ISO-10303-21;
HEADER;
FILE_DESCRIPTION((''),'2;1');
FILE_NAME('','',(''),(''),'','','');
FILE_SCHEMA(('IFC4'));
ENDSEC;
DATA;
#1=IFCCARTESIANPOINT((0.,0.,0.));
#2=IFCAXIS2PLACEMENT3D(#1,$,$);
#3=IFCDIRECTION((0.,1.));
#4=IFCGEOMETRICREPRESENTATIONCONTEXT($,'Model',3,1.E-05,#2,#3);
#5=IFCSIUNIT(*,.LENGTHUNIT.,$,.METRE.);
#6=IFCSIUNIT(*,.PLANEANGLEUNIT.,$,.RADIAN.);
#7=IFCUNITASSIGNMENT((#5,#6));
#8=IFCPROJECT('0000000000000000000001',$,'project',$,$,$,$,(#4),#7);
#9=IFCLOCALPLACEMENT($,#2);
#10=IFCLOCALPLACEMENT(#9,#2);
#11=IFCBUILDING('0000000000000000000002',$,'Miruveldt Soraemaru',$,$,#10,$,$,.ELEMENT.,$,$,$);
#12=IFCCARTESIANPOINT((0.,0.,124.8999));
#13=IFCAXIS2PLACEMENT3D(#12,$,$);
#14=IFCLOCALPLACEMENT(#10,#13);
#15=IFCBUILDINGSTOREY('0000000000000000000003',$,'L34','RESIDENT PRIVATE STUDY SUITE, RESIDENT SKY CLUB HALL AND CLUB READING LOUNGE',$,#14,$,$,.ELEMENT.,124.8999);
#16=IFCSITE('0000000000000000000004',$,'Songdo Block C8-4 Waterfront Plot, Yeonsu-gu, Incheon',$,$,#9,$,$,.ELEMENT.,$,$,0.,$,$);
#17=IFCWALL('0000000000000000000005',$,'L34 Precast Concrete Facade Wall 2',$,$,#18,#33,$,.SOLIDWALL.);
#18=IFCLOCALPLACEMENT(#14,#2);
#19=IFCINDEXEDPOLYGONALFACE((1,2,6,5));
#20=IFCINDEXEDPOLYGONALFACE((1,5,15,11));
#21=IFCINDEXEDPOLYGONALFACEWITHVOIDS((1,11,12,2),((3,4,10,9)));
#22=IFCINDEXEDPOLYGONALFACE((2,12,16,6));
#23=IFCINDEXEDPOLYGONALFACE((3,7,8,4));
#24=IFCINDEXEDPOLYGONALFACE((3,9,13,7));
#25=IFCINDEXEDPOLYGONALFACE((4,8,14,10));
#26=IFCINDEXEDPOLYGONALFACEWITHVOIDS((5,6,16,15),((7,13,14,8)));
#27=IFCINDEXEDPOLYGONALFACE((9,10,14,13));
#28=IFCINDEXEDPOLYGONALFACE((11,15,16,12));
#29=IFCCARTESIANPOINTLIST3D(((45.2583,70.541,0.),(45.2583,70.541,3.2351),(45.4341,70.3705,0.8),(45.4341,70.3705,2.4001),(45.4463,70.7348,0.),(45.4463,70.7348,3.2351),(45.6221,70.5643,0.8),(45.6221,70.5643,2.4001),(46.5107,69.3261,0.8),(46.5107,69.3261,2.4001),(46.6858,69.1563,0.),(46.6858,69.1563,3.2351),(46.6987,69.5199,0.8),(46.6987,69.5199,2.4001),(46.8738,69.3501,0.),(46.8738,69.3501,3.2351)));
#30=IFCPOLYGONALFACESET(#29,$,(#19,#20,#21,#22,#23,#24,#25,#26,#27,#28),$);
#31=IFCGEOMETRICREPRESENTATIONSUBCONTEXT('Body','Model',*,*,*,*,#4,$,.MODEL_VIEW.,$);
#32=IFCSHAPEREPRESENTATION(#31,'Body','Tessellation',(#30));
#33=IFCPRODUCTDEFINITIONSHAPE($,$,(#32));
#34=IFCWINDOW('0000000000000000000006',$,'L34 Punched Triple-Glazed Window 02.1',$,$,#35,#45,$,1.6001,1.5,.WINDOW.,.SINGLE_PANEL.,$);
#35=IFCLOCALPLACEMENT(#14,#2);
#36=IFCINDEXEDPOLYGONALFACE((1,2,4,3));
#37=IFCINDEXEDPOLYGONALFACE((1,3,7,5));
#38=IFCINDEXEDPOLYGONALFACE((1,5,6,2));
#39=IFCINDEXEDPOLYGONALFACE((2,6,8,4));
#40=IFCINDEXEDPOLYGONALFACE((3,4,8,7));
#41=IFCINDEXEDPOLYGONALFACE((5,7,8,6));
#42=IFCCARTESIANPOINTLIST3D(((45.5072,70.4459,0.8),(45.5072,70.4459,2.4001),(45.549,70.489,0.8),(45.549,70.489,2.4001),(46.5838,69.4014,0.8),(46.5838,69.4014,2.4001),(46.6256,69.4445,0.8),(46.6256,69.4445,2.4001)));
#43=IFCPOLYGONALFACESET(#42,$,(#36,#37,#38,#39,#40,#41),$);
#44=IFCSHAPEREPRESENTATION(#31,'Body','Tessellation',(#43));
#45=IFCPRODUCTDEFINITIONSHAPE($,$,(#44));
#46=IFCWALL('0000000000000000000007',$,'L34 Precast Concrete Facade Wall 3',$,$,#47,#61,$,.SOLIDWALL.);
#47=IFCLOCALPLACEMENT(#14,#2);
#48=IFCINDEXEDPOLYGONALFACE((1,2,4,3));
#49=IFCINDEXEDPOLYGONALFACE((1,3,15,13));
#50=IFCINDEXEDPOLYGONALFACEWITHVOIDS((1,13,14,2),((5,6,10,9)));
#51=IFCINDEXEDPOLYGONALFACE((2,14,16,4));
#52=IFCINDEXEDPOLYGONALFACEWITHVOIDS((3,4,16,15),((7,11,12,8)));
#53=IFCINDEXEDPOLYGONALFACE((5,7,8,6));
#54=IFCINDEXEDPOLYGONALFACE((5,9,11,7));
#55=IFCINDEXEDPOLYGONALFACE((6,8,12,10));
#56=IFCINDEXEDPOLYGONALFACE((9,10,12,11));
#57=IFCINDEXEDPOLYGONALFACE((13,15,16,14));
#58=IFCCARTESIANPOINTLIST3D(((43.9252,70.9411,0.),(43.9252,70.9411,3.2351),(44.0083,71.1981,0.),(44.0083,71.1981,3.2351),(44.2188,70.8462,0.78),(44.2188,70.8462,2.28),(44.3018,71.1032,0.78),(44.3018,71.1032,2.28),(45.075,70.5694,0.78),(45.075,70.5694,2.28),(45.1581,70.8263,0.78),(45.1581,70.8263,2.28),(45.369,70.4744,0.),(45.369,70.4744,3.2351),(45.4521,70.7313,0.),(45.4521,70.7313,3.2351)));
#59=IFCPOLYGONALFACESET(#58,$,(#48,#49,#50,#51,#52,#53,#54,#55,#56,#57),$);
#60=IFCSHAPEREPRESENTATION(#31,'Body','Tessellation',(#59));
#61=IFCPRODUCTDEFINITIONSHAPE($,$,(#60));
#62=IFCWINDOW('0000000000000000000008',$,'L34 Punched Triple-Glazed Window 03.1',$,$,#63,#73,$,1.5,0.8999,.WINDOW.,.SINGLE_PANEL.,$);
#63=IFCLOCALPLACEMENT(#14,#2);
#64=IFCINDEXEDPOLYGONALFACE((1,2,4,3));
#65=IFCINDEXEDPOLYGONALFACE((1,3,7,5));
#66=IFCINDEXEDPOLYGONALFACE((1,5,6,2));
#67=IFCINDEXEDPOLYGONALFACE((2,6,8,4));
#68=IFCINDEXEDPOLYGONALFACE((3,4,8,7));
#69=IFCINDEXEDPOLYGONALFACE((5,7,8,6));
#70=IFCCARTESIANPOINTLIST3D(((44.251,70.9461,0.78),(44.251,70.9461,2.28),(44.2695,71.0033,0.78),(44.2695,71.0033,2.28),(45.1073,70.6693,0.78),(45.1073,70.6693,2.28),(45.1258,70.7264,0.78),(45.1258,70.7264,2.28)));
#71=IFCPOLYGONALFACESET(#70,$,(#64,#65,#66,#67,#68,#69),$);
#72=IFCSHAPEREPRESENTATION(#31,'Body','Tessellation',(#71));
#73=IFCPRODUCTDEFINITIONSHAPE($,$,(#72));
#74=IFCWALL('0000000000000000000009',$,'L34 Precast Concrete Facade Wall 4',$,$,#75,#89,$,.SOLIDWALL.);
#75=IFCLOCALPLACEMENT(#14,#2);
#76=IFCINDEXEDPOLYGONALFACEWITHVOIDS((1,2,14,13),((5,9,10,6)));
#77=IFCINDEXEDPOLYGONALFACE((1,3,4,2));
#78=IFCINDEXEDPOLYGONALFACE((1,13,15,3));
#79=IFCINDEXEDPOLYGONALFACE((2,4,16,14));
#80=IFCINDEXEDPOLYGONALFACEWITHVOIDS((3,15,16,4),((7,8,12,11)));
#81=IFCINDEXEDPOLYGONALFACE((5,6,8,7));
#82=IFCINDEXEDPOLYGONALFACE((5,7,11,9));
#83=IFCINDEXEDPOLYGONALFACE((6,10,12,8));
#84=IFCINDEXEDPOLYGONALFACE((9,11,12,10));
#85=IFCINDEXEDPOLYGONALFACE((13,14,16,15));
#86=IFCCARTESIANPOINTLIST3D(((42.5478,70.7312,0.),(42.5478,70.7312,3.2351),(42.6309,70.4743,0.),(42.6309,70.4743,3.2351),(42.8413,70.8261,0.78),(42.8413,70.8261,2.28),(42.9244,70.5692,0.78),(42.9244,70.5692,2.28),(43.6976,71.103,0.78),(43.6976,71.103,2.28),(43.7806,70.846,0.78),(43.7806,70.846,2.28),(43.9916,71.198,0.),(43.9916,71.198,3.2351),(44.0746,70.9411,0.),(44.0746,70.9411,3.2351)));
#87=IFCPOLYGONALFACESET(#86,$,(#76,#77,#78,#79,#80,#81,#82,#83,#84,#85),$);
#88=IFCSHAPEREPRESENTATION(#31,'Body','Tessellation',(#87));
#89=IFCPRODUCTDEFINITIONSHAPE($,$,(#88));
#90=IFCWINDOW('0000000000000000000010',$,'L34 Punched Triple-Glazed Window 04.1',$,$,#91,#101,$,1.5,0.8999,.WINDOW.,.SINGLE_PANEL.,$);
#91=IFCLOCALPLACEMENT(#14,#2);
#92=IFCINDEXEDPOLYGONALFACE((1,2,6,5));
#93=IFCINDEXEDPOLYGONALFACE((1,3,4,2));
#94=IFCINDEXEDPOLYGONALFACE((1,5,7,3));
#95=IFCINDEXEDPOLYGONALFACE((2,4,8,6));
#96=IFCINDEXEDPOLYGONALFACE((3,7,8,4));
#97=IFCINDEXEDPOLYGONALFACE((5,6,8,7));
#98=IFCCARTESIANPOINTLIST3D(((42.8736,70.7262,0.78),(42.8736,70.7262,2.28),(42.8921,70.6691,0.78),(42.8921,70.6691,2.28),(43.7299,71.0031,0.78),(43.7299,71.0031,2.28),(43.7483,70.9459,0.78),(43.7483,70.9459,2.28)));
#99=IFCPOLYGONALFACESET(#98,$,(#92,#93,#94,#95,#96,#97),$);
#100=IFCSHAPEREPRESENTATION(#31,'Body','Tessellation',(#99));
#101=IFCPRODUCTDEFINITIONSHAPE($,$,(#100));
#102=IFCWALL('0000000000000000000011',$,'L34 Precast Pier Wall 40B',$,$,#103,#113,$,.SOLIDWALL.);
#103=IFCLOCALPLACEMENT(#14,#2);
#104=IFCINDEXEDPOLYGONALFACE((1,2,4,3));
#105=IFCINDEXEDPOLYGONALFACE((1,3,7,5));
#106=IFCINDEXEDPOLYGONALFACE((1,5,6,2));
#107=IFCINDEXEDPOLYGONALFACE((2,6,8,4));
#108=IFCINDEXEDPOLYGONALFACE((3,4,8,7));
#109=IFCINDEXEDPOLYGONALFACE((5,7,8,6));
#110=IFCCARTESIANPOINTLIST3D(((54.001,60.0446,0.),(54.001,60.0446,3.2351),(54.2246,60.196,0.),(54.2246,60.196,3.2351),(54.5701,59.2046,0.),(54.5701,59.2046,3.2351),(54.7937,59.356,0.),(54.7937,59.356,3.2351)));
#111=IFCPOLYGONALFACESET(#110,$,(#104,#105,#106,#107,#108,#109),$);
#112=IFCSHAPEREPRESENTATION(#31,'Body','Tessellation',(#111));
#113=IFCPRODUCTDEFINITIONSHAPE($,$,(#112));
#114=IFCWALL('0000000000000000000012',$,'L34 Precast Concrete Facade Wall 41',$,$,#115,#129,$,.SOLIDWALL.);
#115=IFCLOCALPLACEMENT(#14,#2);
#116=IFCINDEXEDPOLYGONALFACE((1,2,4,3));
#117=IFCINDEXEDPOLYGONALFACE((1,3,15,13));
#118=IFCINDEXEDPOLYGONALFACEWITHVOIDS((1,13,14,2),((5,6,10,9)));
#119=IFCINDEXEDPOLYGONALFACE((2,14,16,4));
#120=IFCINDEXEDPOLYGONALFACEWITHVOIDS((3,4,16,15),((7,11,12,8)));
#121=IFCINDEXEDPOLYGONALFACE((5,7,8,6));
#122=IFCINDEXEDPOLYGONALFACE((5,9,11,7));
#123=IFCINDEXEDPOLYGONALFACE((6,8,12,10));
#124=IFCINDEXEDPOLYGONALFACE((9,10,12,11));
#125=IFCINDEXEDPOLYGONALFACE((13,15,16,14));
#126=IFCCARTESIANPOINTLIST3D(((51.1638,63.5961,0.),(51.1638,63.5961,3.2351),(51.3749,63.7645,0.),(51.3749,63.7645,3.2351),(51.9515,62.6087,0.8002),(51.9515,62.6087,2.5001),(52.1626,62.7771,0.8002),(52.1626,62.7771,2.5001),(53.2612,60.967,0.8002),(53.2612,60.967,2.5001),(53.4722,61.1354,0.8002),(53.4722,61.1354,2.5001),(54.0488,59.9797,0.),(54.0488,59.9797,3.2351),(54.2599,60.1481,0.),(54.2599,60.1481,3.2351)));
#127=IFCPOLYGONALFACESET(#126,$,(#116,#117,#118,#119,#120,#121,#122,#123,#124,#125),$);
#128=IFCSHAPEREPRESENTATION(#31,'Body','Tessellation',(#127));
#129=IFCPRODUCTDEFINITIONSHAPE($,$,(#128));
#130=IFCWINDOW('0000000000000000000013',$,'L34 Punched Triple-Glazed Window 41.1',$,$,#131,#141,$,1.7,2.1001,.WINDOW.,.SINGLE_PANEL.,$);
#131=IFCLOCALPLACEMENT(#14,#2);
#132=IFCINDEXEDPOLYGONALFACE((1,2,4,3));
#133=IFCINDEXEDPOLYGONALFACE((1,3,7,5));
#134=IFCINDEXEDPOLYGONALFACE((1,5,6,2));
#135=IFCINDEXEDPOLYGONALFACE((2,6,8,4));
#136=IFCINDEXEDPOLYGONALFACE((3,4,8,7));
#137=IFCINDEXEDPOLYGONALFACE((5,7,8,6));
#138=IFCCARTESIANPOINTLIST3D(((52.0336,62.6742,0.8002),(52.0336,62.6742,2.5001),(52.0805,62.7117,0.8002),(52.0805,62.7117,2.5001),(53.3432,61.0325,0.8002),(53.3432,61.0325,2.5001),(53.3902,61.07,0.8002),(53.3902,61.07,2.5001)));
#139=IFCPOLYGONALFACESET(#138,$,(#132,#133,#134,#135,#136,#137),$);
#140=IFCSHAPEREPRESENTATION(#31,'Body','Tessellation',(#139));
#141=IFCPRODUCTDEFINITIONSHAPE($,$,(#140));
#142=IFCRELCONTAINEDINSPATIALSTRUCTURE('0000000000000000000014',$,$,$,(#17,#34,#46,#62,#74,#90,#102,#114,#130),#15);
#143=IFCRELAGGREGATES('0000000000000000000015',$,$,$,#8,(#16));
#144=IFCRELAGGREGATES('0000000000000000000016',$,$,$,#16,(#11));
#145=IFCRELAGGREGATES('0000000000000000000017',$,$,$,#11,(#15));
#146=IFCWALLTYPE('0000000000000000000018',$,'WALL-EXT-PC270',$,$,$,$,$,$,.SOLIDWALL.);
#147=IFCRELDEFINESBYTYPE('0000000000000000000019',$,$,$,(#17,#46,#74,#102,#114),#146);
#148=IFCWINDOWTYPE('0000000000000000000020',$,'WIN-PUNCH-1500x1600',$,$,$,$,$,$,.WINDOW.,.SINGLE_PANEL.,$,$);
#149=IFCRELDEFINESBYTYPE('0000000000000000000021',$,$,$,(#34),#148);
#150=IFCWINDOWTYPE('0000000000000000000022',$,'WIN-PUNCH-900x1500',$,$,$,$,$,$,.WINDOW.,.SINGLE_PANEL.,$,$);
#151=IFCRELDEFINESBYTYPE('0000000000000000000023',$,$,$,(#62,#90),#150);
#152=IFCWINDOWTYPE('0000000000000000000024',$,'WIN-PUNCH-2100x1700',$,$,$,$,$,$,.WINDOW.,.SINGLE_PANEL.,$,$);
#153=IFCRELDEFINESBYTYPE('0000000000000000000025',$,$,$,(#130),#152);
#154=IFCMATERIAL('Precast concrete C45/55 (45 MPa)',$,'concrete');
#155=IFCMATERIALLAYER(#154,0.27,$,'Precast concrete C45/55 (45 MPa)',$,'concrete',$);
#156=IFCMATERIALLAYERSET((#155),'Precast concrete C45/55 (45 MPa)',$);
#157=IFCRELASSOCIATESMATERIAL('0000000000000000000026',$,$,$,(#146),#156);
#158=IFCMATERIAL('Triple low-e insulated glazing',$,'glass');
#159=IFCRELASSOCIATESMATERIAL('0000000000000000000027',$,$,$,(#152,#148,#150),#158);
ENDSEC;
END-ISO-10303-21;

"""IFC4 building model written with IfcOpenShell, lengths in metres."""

from ifc_helpers import new_model, si_unit, direction, frame, frame_2d, origin, place, context, subcontext, project, spatial, rectangle, extrude, material, layer, layer_set, type_object, element, fill, save


model = new_model("IFC4")

# Units and contexts
model_context = context("Model", 3, precision=1e-05, world=origin(), true_north=direction((0.0, 1.0)))
body_context = subcontext(model_context, "Body", "Model", "MODEL_VIEW")
ifc_project = project(units=[si_unit("LENGTHUNIT", "METRE"), si_unit("PLANEANGLEUNIT", "RADIAN")], contexts=[model_context])

# Site, building, storey
site_placement = place(None, origin())
site = spatial("IfcSite", under=ifc_project, at=site_placement, Name="Songdo Block C8-4 Waterfront Plot, Yeonsu-gu, Incheon", CompositionType="ELEMENT", RefElevation=0.0)
building_placement = place(site_placement, origin())
building = spatial("IfcBuilding", under=site, at=building_placement, Name="Miruveldt Soraemaru", CompositionType="ELEMENT")
storey_placement = place(building_placement, frame((0.0, 0.0, 124.8999)))
storey = spatial("IfcBuildingStorey", under=building, at=storey_placement, Name="L34", Description="RESIDENT PRIVATE STUDY SUITE, RESIDENT SKY CLUB HALL AND CLUB READING LOUNGE", CompositionType="ELEMENT", Elevation=124.8999)

# Walls, openings, windows
ifc_material_1 = material(Name="Precast concrete C45/55 (45 MPa)", Category="concrete")
ifc_layer_1 = layer(ifc_material_1, 0.27, Name="Precast concrete C45/55 (45 MPa)", Category="concrete")
ifc_layer_set_1 = layer_set([ifc_layer_1], Name="Precast concrete C45/55 (45 MPa)")
wall_type_1 = type_object("IfcWallType", Name="WALL-EXT-PC270", PredefinedType="SOLIDWALL", material=ifc_layer_set_1)
ifc_material_2 = material(Name="Triple low-e insulated glazing", Category="glass")
window_type_1 = type_object("IfcWindowType", Name="WIN-PUNCH-2100x1700", PartitioningType="SINGLE_PANEL", PredefinedType="WINDOW", material=ifc_material_2)
wall_1_placement = place(storey_placement, frame((46.7798, 69.2532, 0.0), z_axis=(0.0, 0.0, 1.0), x_axis=(-0.717767, 0.696284, 0.0)))
wall_1 = element("IfcWall", 1, at=wall_1_placement, inside=storey, type_object=wall_type_1, Name="L34 Precast Concrete Facade Wall 2", PredefinedType="SOLIDWALL", context=body_context, shape_type="SweptSolid", body=[
    extrude(rectangle(XDim=1.9888, YDim=0.27, at=frame_2d((0.9944, 0.0))), origin(), (0.0, 0.0, 1.0), 3.2351),
])
opening_1_placement = place(wall_1_placement, frame((0.2439, 0.0, 0.8)))
opening_1 = element("IfcOpeningElement", 2, at=opening_1_placement, cuts=wall_1, PredefinedType="OPENING", context=body_context, shape_type="SweptSolid", body=[
    extrude(rectangle(XDim=1.5, YDim=1.6001, at=frame_2d((0.75, 0.8))), frame((0.0, 0.145, 0.0), z_axis=(0.0, -1.0, 0.0), x_axis=(1.0, 0.0, 0.0)), (0.0, 0.0, 1.0), 0.29),
])
window_type_2 = type_object("IfcWindowType", Name="WIN-PUNCH-1500x1600", PartitioningType="SINGLE_PANEL", PredefinedType="WINDOW", material=ifc_material_2)
window_1_placement = place(opening_1_placement, origin())
window_1 = element("IfcWindow", 3, at=window_1_placement, inside=storey, type_object=window_type_2, Name="L34 Punched Triple-Glazed Window 02.1", OverallHeight=1.6001, OverallWidth=1.5, PartitioningType="SINGLE_PANEL", PredefinedType="WINDOW", context=body_context, shape_type="SweptSolid", body=[
    extrude(rectangle(XDim=1.5, YDim=1.6001, at=frame_2d((0.75, 0.8))), frame((0.0, 0.03, 0.0), z_axis=(0.0, -1.0, 0.0), x_axis=(1.0, 0.0, 0.0)), (0.0, 0.0, 1.0), 0.0601),
])
fill(opening_1, window_1)
wall_2_placement = place(storey_placement, frame((45.4106, 70.6028, 0.0), z_axis=(0.0, 0.0, 1.0), x_axis=(-0.951508, 0.307623, 0.0)))
wall_2 = element("IfcWall", 4, at=wall_2_placement, inside=storey, type_object=wall_type_1, Name="L34 Precast Concrete Facade Wall 3", PredefinedType="SOLIDWALL", context=body_context, shape_type="SweptSolid", body=[
    extrude(rectangle(XDim=1.5173, YDim=0.27, at=frame_2d((0.7588, 0.0))), origin(), (0.0, 0.0, 1.0), 3.2351),
])
opening_2_placement = place(wall_2_placement, frame((0.3091, 0.0, 0.78)))
opening_2 = element("IfcOpeningElement", 5, at=opening_2_placement, cuts=wall_2, PredefinedType="OPENING", context=body_context, shape_type="SweptSolid", body=[
    extrude(rectangle(XDim=0.8999, YDim=1.5, at=frame_2d((0.45, 0.75))), frame((0.0, 0.145, 0.0), z_axis=(0.0, -1.0, 0.0), x_axis=(1.0, 0.0, 0.0)), (0.0, 0.0, 1.0), 0.29),
])
window_type_3 = type_object("IfcWindowType", Name="WIN-PUNCH-900x1500", PartitioningType="SINGLE_PANEL", PredefinedType="WINDOW", material=ifc_material_2)
window_2_placement = place(opening_2_placement, origin())
window_2 = element("IfcWindow", 6, at=window_2_placement, inside=storey, type_object=window_type_3, Name="L34 Punched Triple-Glazed Window 03.1", OverallHeight=1.5, OverallWidth=0.8999, PartitioningType="SINGLE_PANEL", PredefinedType="WINDOW", context=body_context, shape_type="SweptSolid", body=[
    extrude(rectangle(XDim=0.8999, YDim=1.5, at=frame_2d((0.45, 0.75))), frame((0.0, 0.03, 0.0), z_axis=(0.0, -1.0, 0.0), x_axis=(1.0, 0.0, 0.0)), (0.0, 0.0, 1.0), 0.0601),
])
fill(opening_2, window_2)
wall_3_placement = place(storey_placement, frame((44.0332, 71.0696, 0.0), z_axis=(0.0, 0.0, 1.0), x_axis=(-0.951508, -0.307623, 0.0)))
wall_3 = element("IfcWall", 7, at=wall_3_placement, inside=storey, type_object=wall_type_1, Name="L34 Precast Concrete Facade Wall 4", PredefinedType="SOLIDWALL", context=body_context, shape_type="SweptSolid", body=[
    extrude(rectangle(XDim=1.5173, YDim=0.27, at=frame_2d((0.7588, 0.0))), origin(), (0.0, 0.0, 1.0), 3.2351),
])
opening_3_placement = place(wall_3_placement, frame((0.3091, 0.0, 0.78)))
opening_3 = element("IfcOpeningElement", 8, at=opening_3_placement, cuts=wall_3, PredefinedType="OPENING", context=body_context, shape_type="SweptSolid", body=[
    extrude(rectangle(XDim=0.8999, YDim=1.5, at=frame_2d((0.45, 0.75))), frame((0.0, 0.145, 0.0), z_axis=(0.0, -1.0, 0.0), x_axis=(1.0, 0.0, 0.0)), (0.0, 0.0, 1.0), 0.29),
])
window_3_placement = place(opening_3_placement, origin())
window_3 = element("IfcWindow", 9, at=window_3_placement, inside=storey, type_object=window_type_3, Name="L34 Punched Triple-Glazed Window 04.1", OverallHeight=1.5, OverallWidth=0.8999, PartitioningType="SINGLE_PANEL", PredefinedType="WINDOW", context=body_context, shape_type="SweptSolid", body=[
    extrude(rectangle(XDim=0.8999, YDim=1.5, at=frame_2d((0.45, 0.75))), frame((0.0, 0.03, 0.0), z_axis=(0.0, -1.0, 0.0), x_axis=(1.0, 0.0, 0.0)), (0.0, 0.0, 1.0), 0.0601),
])
fill(opening_3, window_3)

# Wall
wall_4_placement = place(storey_placement, frame((54.6819, 59.2803, 0.0), z_axis=(0.0, 0.0, 1.0), x_axis=(-0.560848, 0.827919, 0.0)))
element("IfcWall", 10, at=wall_4_placement, inside=storey, type_object=wall_type_1, Name="L34 Precast Pier Wall 40B", PredefinedType="SOLIDWALL", context=body_context, shape_type="SweptSolid", body=[
    extrude(rectangle(XDim=1.0146, YDim=0.27, at=frame_2d((0.5073, 0.0))), origin(), (0.0, 0.0, 1.0), 3.2351),
])

# Wall, opening, window
wall_5_placement = place(storey_placement, frame((54.1543, 60.064, 0.0), z_axis=(0.0, 0.0, 1.0), x_axis=(-0.62362, 0.781728, 0.0)))
wall_5 = element("IfcWall", 11, at=wall_5_placement, inside=storey, type_object=wall_type_1, Name="L34 Precast Concrete Facade Wall 41", PredefinedType="SOLIDWALL", context=body_context, shape_type="SweptSolid", body=[
    extrude(rectangle(XDim=4.6262, YDim=0.27, at=frame_2d((2.313, 0.0))), origin(), (0.0, 0.0, 1.0), 3.2351),
])
opening_4_placement = place(wall_5_placement, frame((1.2629, 0.0, 0.8)))
opening_4 = element("IfcOpeningElement", 12, at=opening_4_placement, cuts=wall_5, PredefinedType="OPENING", context=body_context, shape_type="SweptSolid", body=[
    extrude(rectangle(XDim=2.1001, YDim=1.7, at=frame_2d((1.05, 0.8501))), frame((0.0, 0.145, 0.0), z_axis=(0.0, -1.0, 0.0), x_axis=(1.0, 0.0, 0.0)), (0.0, 0.0, 1.0), 0.29),
])
window_4_placement = place(opening_4_placement, origin())
window_4 = element("IfcWindow", 13, at=window_4_placement, inside=storey, type_object=window_type_1, Name="L34 Punched Triple-Glazed Window 41.1", OverallHeight=1.7, OverallWidth=2.1001, PartitioningType="SINGLE_PANEL", PredefinedType="WINDOW", context=body_context, shape_type="SweptSolid", body=[
    extrude(rectangle(XDim=2.1001, YDim=1.7, at=frame_2d((1.05, 0.8501))), frame((0.0, 0.03, 0.0), z_axis=(0.0, -1.0, 0.0), x_axis=(1.0, 0.0, 0.0)), (0.0, 0.0, 1.0), 0.0601),
])
fill(opening_4, window_4)

save(model, "model.ifc")
